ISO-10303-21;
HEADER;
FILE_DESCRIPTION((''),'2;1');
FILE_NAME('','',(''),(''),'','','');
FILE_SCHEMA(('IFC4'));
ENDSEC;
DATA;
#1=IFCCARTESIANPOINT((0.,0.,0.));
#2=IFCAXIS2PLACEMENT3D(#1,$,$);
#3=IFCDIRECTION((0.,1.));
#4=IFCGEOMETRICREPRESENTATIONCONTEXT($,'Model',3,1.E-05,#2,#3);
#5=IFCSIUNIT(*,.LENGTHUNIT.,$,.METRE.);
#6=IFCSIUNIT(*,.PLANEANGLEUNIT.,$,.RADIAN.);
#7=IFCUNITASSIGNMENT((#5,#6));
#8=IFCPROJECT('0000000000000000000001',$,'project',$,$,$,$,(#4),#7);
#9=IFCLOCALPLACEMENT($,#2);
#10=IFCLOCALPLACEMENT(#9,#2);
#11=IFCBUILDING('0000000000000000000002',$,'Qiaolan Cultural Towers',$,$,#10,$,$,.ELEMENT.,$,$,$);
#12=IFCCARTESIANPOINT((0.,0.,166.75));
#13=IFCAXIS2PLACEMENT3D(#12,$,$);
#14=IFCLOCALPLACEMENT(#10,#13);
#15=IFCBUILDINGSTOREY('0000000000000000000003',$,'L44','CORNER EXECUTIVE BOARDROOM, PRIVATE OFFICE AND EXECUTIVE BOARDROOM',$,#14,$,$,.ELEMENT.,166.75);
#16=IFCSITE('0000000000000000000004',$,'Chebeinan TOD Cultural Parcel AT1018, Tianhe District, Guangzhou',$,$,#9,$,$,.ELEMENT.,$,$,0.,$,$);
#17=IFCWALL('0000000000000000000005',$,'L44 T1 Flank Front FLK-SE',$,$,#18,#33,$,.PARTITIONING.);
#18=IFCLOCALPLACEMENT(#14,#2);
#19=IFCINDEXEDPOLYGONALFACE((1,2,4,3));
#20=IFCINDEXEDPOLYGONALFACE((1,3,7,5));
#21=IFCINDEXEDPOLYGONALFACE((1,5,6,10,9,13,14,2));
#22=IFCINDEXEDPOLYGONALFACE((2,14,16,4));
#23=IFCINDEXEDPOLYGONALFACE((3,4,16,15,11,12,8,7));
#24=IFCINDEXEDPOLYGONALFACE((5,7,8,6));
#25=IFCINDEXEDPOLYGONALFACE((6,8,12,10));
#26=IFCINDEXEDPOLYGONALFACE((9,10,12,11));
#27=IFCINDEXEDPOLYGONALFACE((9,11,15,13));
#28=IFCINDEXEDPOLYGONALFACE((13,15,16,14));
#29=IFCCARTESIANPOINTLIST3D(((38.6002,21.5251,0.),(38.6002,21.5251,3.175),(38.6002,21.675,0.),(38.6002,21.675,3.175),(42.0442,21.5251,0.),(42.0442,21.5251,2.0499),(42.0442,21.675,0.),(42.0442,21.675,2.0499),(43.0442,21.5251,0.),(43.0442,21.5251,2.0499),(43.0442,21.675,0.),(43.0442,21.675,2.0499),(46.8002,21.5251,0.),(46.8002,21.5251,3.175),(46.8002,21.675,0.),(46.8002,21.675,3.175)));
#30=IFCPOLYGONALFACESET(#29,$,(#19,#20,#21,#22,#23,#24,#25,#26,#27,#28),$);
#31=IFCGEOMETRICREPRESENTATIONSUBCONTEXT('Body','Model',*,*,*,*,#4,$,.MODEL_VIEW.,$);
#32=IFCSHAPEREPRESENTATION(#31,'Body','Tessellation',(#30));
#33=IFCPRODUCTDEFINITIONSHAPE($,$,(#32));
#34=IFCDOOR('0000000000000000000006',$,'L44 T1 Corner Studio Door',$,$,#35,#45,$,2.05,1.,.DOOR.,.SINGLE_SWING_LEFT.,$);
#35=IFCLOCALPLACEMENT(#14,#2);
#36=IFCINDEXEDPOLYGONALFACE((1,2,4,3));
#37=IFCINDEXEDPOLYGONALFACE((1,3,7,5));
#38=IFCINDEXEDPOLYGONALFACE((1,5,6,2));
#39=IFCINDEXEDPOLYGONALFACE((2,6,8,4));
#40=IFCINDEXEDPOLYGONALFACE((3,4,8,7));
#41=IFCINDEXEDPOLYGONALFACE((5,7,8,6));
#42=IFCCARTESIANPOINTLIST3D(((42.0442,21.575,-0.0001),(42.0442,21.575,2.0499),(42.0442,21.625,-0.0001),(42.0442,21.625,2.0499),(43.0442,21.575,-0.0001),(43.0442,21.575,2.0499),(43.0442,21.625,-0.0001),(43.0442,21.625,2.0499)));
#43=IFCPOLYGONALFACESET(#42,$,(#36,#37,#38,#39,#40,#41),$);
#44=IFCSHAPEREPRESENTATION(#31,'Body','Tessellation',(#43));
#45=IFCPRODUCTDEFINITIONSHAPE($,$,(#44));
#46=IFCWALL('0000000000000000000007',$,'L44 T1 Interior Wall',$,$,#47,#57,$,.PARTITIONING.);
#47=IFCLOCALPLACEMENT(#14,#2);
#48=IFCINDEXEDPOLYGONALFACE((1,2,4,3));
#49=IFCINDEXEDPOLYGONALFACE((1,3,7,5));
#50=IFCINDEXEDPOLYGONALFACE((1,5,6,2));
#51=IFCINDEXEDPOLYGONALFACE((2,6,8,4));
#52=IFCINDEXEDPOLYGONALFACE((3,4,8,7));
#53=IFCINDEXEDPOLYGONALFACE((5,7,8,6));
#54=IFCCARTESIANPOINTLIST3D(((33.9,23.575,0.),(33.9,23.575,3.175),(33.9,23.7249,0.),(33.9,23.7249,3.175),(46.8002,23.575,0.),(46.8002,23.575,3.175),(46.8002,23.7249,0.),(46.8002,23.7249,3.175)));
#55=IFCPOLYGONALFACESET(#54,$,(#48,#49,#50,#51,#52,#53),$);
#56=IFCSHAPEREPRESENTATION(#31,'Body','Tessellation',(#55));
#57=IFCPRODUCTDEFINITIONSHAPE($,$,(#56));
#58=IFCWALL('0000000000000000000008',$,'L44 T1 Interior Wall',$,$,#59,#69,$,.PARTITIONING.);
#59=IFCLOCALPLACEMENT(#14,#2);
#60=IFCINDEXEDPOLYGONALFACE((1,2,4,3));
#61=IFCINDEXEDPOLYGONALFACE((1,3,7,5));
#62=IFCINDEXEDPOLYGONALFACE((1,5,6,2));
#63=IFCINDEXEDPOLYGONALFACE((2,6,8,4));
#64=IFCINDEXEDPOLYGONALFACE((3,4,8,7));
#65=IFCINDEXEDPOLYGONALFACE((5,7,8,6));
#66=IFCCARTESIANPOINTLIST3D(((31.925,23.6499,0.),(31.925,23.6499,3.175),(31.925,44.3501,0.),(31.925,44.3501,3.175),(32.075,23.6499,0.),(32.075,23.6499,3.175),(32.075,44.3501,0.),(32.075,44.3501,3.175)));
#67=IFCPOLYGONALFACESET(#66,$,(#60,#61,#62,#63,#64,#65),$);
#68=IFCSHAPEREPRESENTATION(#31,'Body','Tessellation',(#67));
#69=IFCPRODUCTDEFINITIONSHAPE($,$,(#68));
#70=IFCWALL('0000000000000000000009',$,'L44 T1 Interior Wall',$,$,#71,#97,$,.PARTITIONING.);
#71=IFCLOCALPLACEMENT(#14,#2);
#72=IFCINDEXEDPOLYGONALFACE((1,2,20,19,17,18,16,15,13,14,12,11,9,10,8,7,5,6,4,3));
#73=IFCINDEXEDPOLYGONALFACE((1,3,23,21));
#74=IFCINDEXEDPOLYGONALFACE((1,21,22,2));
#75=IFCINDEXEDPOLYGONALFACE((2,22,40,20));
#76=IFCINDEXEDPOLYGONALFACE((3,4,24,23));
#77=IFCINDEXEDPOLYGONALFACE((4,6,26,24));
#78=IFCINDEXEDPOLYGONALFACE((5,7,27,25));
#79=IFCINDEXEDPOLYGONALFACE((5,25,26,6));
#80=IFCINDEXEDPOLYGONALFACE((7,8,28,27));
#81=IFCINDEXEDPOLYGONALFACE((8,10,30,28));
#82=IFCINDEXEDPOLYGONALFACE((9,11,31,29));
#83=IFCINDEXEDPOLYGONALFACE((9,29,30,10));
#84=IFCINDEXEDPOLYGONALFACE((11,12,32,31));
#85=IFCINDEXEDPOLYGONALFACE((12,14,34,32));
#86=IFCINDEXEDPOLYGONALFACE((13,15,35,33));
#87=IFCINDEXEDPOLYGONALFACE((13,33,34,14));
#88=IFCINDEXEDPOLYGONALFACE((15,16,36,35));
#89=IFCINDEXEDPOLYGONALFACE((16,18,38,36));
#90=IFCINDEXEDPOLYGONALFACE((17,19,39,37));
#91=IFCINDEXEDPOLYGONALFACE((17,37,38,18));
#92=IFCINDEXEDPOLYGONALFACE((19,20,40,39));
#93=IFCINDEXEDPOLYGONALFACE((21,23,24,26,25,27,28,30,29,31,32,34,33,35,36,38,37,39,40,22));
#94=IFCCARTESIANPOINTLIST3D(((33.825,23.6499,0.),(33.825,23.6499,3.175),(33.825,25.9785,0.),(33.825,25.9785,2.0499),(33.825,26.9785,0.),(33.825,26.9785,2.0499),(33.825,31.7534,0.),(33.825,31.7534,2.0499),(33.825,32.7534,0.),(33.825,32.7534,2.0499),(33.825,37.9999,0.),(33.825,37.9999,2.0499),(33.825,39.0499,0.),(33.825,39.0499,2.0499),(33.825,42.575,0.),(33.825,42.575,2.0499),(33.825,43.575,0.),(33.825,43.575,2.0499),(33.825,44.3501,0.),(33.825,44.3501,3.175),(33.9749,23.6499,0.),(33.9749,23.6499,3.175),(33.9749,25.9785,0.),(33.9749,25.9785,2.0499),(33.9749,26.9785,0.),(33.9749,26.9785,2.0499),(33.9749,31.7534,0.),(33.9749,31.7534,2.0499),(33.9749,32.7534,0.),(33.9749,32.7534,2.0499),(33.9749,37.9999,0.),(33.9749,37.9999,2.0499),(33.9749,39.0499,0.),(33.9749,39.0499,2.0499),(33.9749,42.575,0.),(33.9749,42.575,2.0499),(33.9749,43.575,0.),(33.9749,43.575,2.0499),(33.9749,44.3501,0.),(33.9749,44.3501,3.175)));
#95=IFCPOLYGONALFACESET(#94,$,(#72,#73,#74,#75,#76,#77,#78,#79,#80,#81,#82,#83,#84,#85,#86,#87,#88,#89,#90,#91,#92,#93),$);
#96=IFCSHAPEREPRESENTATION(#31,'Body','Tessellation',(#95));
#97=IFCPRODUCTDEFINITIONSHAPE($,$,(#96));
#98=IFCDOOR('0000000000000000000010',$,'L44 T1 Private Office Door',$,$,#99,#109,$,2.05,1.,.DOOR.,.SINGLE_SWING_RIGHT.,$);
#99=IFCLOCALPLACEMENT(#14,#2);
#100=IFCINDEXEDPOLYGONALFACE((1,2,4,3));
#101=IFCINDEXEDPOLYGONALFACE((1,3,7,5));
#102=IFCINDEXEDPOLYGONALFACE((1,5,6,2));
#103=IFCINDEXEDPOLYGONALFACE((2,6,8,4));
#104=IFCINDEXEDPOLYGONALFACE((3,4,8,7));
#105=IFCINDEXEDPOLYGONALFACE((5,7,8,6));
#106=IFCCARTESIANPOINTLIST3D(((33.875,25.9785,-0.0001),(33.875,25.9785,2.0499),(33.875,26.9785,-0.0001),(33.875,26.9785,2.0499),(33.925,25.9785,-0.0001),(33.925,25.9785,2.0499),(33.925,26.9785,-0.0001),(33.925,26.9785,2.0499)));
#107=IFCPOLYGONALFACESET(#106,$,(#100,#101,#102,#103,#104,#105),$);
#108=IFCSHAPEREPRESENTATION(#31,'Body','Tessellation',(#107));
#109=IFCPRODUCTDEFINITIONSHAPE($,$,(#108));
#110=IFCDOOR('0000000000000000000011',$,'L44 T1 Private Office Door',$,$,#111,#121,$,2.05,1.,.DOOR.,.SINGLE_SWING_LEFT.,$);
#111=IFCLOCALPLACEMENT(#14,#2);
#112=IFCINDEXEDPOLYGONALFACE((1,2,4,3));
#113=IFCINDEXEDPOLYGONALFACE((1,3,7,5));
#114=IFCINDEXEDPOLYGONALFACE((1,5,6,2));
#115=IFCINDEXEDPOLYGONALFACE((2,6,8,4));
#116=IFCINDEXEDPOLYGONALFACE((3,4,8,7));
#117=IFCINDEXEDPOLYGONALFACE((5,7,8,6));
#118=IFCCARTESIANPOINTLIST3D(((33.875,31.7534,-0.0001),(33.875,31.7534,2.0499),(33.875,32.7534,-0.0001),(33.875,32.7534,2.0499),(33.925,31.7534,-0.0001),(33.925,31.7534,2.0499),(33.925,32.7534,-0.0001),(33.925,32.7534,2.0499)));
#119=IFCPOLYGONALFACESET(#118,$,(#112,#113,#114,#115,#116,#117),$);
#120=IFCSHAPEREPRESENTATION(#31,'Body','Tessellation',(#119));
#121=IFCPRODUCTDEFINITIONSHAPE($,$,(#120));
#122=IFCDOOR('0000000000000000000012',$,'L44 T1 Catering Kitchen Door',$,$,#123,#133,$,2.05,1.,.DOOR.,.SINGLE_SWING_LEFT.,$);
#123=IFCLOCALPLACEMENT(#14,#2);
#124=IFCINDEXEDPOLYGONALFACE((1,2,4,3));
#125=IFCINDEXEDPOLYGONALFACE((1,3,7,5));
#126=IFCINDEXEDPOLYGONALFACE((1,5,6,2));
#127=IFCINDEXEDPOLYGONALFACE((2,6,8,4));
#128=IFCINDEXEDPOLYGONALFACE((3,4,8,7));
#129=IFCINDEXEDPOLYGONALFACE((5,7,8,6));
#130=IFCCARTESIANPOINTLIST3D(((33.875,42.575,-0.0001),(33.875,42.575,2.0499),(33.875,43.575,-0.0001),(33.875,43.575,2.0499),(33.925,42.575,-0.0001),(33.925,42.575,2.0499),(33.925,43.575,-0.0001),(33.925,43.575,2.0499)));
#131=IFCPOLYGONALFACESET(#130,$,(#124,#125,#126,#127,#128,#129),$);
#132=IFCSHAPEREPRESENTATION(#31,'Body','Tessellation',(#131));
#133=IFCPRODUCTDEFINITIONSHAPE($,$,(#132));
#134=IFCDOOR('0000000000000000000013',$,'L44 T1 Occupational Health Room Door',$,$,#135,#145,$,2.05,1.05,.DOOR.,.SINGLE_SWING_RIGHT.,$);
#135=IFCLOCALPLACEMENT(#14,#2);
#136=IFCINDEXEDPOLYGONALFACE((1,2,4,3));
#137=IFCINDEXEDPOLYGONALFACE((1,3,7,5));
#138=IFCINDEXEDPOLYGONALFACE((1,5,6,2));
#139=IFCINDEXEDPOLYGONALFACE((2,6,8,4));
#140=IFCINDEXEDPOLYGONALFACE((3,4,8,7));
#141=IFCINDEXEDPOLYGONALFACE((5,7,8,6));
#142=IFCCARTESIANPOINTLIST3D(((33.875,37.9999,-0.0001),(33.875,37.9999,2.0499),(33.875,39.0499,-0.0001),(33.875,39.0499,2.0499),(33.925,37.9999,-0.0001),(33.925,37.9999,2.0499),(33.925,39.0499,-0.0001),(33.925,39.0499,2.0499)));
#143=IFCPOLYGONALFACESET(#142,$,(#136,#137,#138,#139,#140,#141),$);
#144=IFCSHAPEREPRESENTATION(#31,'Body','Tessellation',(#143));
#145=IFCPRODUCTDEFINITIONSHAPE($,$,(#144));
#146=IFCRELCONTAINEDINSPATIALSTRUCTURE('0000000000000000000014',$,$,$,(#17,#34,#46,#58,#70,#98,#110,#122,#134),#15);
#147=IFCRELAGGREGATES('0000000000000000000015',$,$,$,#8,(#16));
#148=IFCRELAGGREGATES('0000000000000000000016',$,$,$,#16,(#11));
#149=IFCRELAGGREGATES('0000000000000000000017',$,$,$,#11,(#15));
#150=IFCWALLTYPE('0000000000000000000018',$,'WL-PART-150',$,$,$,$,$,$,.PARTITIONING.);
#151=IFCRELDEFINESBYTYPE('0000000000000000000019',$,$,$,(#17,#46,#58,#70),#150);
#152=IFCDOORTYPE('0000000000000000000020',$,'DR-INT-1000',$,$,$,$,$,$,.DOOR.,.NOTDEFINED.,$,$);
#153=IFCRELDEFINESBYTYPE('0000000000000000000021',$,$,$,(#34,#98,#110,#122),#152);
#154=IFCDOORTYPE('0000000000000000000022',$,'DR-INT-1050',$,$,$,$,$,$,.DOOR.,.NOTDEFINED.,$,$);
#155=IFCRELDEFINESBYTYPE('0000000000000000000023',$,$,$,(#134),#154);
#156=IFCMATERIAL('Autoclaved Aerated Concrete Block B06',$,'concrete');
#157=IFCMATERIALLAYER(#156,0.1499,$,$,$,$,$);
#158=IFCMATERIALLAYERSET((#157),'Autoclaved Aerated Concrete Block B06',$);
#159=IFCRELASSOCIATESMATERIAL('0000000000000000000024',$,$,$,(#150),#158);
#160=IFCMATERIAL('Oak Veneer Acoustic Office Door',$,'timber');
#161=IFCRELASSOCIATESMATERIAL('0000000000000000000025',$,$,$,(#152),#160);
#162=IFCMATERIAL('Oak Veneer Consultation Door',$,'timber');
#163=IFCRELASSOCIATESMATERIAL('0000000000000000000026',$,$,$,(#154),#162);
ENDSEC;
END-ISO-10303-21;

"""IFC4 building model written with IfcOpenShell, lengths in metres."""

from ifc_helpers import new_model, si_unit, direction, frame, frame_2d, origin, place, context, subcontext, project, spatial, rectangle, extrude, material, layer, layer_set, type_object, element, fill, save


model = new_model("IFC4")

# Units and contexts
model_context = context("Model", 3, precision=1e-05, world=origin(), true_north=direction((0.0, 1.0)))
body_context = subcontext(model_context, "Body", "Model", "MODEL_VIEW")
ifc_project = project(units=[si_unit("LENGTHUNIT", "METRE"), si_unit("PLANEANGLEUNIT", "RADIAN")], contexts=[model_context])

# Site, building, storey
site_placement = place(None, origin())
site = spatial("IfcSite", under=ifc_project, at=site_placement, Name="Chebeinan TOD Cultural Parcel AT1018, Tianhe District, Guangzhou", CompositionType="ELEMENT", RefElevation=0.0)
building_placement = place(site_placement, origin())
building = spatial("IfcBuilding", under=site, at=building_placement, Name="Qiaolan Cultural Towers", CompositionType="ELEMENT")
storey_placement = place(building_placement, frame((0.0, 0.0, 166.75)))
storey = spatial("IfcBuildingStorey", under=building, at=storey_placement, Name="L44", Description="CORNER EXECUTIVE BOARDROOM, PRIVATE OFFICE AND EXECUTIVE BOARDROOM", CompositionType="ELEMENT", Elevation=166.75)

# Shared definitions
ifc_material_1 = material(Name="Autoclaved Aerated Concrete Block B06", Category="concrete")
ifc_layer_1 = layer(ifc_material_1, 0.1499)
ifc_layer_set_1 = layer_set([ifc_layer_1], Name="Autoclaved Aerated Concrete Block B06")
wall_type_1 = type_object("IfcWallType", Name="WL-PART-150", PredefinedType="PARTITIONING", material=ifc_layer_set_1)

# Wall, opening, door
wall_1_placement = place(storey_placement, frame((38.6001, 21.6001, 0.0), z_axis=(0.0, 0.0, 1.0), x_axis=(1.0, 0.0, 0.0)))
wall_1 = element("IfcWall", 1, at=wall_1_placement, inside=storey, type_object=wall_type_1, Name="L44 T1 Flank Front FLK-SE", PredefinedType="PARTITIONING", context=body_context, shape_type="SweptSolid", body=[
    extrude(rectangle(XDim=8.2, YDim=0.1499, at=frame_2d((4.1001, 0.0))), origin(), (0.0, 0.0, 1.0), 3.175),
])
opening_1_placement = place(wall_1_placement, frame((3.4441, 0.0, 0.0)))
opening_1 = element("IfcOpeningElement", 2, at=opening_1_placement, cuts=wall_1, PredefinedType="OPENING", context=body_context, shape_type="SweptSolid", body=[
    extrude(rectangle(XDim=1.0, YDim=2.05, at=frame_2d((0.5, 1.0249))), frame((0.0, 0.085, 0.0), z_axis=(0.0, -1.0, 0.0), x_axis=(1.0, 0.0, 0.0)), (0.0, 0.0, 1.0), 0.1699),
])
ifc_material_2 = material(Name="Oak Veneer Acoustic Office Door", Category="timber")
door_type_1 = type_object("IfcDoorType", Name="DR-INT-1000", OperationType="NOTDEFINED", PredefinedType="DOOR", material=ifc_material_2)
door_1_placement = place(opening_1_placement, origin())
door_1 = element("IfcDoor", 3, at=door_1_placement, inside=storey, type_object=door_type_1, Name="L44 T1 Corner Studio Door", OperationType="SINGLE_SWING_LEFT", OverallHeight=2.05, OverallWidth=1.0, PredefinedType="DOOR", context=body_context, shape_type="SweptSolid", body=[
    extrude(rectangle(XDim=1.0, YDim=2.05, at=frame_2d((0.5, 1.0249))), frame((0.0, 0.0249, 0.0), z_axis=(0.0, -1.0, 0.0), x_axis=(1.0, 0.0, 0.0)), (0.0, 0.0, 1.0), 0.05),
])
fill(opening_1, door_1)

# Walls
wall_2_placement = place(storey_placement, frame((33.8999, 23.6499, 0.0), z_axis=(0.0, 0.0, 1.0), x_axis=(1.0, 0.0, 0.0)))
element("IfcWall", 4, at=wall_2_placement, inside=storey, type_object=wall_type_1, Name="L44 T1 Interior Wall", PredefinedType="PARTITIONING", context=body_context, shape_type="SweptSolid", body=[
    extrude(rectangle(XDim=12.9001, YDim=0.1499, at=frame_2d((6.4502, 0.0))), origin(), (0.0, 0.0, 1.0), 3.175),
])
wall_3_placement = place(storey_placement, frame((32.0, 23.6499, 0.0), z_axis=(0.0, 0.0, 1.0), x_axis=(0.0, 1.0, 0.0)))
element("IfcWall", 5, at=wall_3_placement, inside=storey, type_object=wall_type_1, Name="L44 T1 Interior Wall", PredefinedType="PARTITIONING", context=body_context, shape_type="SweptSolid", body=[
    extrude(rectangle(XDim=20.7002, YDim=0.1499, at=frame_2d((10.3501, 0.0))), origin(), (0.0, 0.0, 1.0), 3.175),
])

# Wall, openings, doors
wall_4_placement = place(storey_placement, frame((33.8999, 23.6499, 0.0), z_axis=(0.0, 0.0, 1.0), x_axis=(0.0, 1.0, 0.0)))
wall_4 = element("IfcWall", 6, at=wall_4_placement, inside=storey, type_object=wall_type_1, Name="L44 T1 Interior Wall", PredefinedType="PARTITIONING", context=body_context, shape_type="SweptSolid", body=[
    extrude(rectangle(XDim=20.7002, YDim=0.1499, at=frame_2d((10.3501, 0.0))), origin(), (0.0, 0.0, 1.0), 3.175),
])
opening_2_placement = place(wall_4_placement, frame((2.3286, 0.0, 0.0)))
opening_2 = element("IfcOpeningElement", 7, at=opening_2_placement, cuts=wall_4, PredefinedType="OPENING", context=body_context, shape_type="SweptSolid", body=[
    extrude(rectangle(XDim=1.0, YDim=2.05, at=frame_2d((0.5, 1.0249))), frame((0.0, 0.085, 0.0), z_axis=(0.0, -1.0, 0.0), x_axis=(1.0, 0.0, 0.0)), (0.0, 0.0, 1.0), 0.1699),
])
opening_3_placement = place(wall_4_placement, frame((8.1035, 0.0, 0.0)))
opening_3 = element("IfcOpeningElement", 8, at=opening_3_placement, cuts=wall_4, PredefinedType="OPENING", context=body_context, shape_type="SweptSolid", body=[
    extrude(rectangle(XDim=1.0, YDim=2.05, at=frame_2d((0.5, 1.0249))), frame((0.0, 0.085, 0.0), z_axis=(0.0, -1.0, 0.0), x_axis=(1.0, 0.0, 0.0)), (0.0, 0.0, 1.0), 0.1699),
])
opening_4_placement = place(wall_4_placement, frame((14.3501, 0.0, 0.0)))
opening_4 = element("IfcOpeningElement", 9, at=opening_4_placement, cuts=wall_4, PredefinedType="OPENING", context=body_context, shape_type="SweptSolid", body=[
    extrude(rectangle(XDim=1.05, YDim=2.05, at=frame_2d((0.5249, 1.0249))), frame((0.0, 0.085, 0.0), z_axis=(0.0, -1.0, 0.0), x_axis=(1.0, 0.0, 0.0)), (0.0, 0.0, 1.0), 0.1699),
])
opening_5_placement = place(wall_4_placement, frame((18.925, 0.0, 0.0)))
opening_5 = element("IfcOpeningElement", 10, at=opening_5_placement, cuts=wall_4, PredefinedType="OPENING", context=body_context, shape_type="SweptSolid", body=[
    extrude(rectangle(XDim=1.0, YDim=2.05, at=frame_2d((0.5, 1.0249))), frame((0.0, 0.085, 0.0), z_axis=(0.0, -1.0, 0.0), x_axis=(1.0, 0.0, 0.0)), (0.0, 0.0, 1.0), 0.1699),
])
door_2_placement = place(opening_2_placement, origin())
door_2 = element("IfcDoor", 11, at=door_2_placement, inside=storey, type_object=door_type_1, Name="L44 T1 Private Office Door", OperationType="SINGLE_SWING_RIGHT", OverallHeight=2.05, OverallWidth=1.0, PredefinedType="DOOR", context=body_context, shape_type="SweptSolid", body=[
    extrude(rectangle(XDim=1.0, YDim=2.05, at=frame_2d((0.5, 1.0249))), frame((0.0, 0.0249, 0.0), z_axis=(0.0, -1.0, 0.0), x_axis=(1.0, 0.0, 0.0)), (0.0, 0.0, 1.0), 0.05),
])
fill(opening_2, door_2)
door_3_placement = place(opening_3_placement, origin())
door_3 = element("IfcDoor", 12, at=door_3_placement, inside=storey, type_object=door_type_1, Name="L44 T1 Private Office Door", OperationType="SINGLE_SWING_LEFT", OverallHeight=2.05, OverallWidth=1.0, PredefinedType="DOOR", context=body_context, shape_type="SweptSolid", body=[
    extrude(rectangle(XDim=1.0, YDim=2.05, at=frame_2d((0.5, 1.0249))), frame((0.0, 0.0249, 0.0), z_axis=(0.0, -1.0, 0.0), x_axis=(1.0, 0.0, 0.0)), (0.0, 0.0, 1.0), 0.05),
])
fill(opening_3, door_3)
door_4_placement = place(opening_5_placement, origin())
door_4 = element("IfcDoor", 13, at=door_4_placement, inside=storey, type_object=door_type_1, Name="L44 T1 Catering Kitchen Door", OperationType="SINGLE_SWING_LEFT", OverallHeight=2.05, OverallWidth=1.0, PredefinedType="DOOR", context=body_context, shape_type="SweptSolid", body=[
    extrude(rectangle(XDim=1.0, YDim=2.05, at=frame_2d((0.5, 1.0249))), frame((0.0, 0.0249, 0.0), z_axis=(0.0, -1.0, 0.0), x_axis=(1.0, 0.0, 0.0)), (0.0, 0.0, 1.0), 0.05),
])
fill(opening_5, door_4)
ifc_material_3 = material(Name="Oak Veneer Consultation Door", Category="timber")
door_type_2 = type_object("IfcDoorType", Name="DR-INT-1050", OperationType="NOTDEFINED", PredefinedType="DOOR", material=ifc_material_3)
door_5_placement = place(opening_4_placement, origin())
door_5 = element("IfcDoor", 14, at=door_5_placement, inside=storey, type_object=door_type_2, Name="L44 T1 Occupational Health Room Door", OperationType="SINGLE_SWING_RIGHT", OverallHeight=2.05, OverallWidth=1.05, PredefinedType="DOOR", context=body_context, shape_type="SweptSolid", body=[
    extrude(rectangle(XDim=1.05, YDim=2.05, at=frame_2d((0.5249, 1.0249))), frame((0.0, 0.0249, 0.0), z_axis=(0.0, -1.0, 0.0), x_axis=(1.0, 0.0, 0.0)), (0.0, 0.0, 1.0), 0.05),
])
fill(opening_4, door_5)

save(model, "model.ifc")
